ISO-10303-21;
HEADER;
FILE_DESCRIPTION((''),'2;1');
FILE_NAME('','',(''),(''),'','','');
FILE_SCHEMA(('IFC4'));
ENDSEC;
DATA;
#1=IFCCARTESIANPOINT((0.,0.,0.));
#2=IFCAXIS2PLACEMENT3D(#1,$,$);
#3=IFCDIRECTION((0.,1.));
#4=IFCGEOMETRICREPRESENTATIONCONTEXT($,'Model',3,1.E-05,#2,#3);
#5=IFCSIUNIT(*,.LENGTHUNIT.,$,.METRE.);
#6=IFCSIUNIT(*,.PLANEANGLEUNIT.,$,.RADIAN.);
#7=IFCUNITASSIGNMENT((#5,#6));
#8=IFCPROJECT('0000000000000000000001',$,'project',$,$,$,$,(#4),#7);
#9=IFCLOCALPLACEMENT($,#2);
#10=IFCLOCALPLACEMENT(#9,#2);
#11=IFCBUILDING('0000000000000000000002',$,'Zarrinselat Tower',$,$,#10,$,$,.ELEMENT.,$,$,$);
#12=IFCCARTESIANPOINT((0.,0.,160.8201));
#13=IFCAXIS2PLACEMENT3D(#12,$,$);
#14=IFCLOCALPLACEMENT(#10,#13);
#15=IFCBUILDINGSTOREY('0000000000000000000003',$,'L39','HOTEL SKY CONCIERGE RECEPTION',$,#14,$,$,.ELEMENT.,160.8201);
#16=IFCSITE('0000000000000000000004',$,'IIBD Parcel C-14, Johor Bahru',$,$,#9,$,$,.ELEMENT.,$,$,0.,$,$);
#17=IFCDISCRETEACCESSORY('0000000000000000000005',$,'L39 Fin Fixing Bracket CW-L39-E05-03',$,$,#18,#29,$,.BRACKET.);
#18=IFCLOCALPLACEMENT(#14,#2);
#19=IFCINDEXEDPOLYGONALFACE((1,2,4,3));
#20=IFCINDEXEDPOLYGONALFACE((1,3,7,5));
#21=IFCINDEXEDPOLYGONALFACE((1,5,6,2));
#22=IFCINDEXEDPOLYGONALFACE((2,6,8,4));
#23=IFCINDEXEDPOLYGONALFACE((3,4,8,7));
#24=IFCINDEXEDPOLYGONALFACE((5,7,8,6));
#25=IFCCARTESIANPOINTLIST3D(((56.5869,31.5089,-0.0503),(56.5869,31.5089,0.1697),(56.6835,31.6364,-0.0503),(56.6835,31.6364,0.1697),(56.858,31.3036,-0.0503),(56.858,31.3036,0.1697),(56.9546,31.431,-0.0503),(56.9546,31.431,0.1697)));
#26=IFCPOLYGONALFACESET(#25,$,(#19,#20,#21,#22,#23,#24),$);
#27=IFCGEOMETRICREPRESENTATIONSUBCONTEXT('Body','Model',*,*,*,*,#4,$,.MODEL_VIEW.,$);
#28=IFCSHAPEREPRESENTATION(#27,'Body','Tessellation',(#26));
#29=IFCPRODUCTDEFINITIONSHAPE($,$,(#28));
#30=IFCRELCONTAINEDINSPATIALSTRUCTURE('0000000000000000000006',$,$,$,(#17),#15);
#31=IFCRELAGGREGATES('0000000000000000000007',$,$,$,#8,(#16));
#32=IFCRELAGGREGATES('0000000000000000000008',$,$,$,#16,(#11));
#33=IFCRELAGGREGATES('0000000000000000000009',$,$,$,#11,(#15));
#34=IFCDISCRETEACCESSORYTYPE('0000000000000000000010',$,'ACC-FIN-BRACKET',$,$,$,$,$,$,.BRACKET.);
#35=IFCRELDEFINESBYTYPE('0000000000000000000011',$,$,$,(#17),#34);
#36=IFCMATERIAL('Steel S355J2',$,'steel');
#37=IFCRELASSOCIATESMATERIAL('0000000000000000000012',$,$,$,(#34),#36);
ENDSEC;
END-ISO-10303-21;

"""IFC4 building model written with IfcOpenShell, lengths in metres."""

from ifc_helpers import new_model, si_unit, direction, frame, origin, origin_2d, place, context, subcontext, project, spatial, rectangle, extrude, material, type_object, element, save


model = new_model("IFC4")

# Units and contexts
model_context = context("Model", 3, precision=1e-05, world=origin(), true_north=direction((0.0, 1.0)))
body_context = subcontext(model_context, "Body", "Model", "MODEL_VIEW")
ifc_project = project(units=[si_unit("LENGTHUNIT", "METRE"), si_unit("PLANEANGLEUNIT", "RADIAN")], contexts=[model_context])

# Site, building, storey
site_placement = place(None, origin())
site = spatial("IfcSite", under=ifc_project, at=site_placement, Name="IIBD Parcel C-14, Johor Bahru", CompositionType="ELEMENT", RefElevation=0.0)
building_placement = place(site_placement, origin())
building = spatial("IfcBuilding", under=site, at=building_placement, Name="Zarrinselat Tower", CompositionType="ELEMENT")
storey_placement = place(building_placement, frame((0.0, 0.0, 160.8201)))
storey = spatial("IfcBuildingStorey", under=building, at=storey_placement, Name="L39", Description="HOTEL SKY CONCIERGE RECEPTION", CompositionType="ELEMENT", Elevation=160.8201)

# Discrete accessory
ifc_material_1 = material(Name="Steel S355J2", Category="steel")
discrete_accessory_type = type_object("IfcDiscreteAccessoryType", Name="ACC-FIN-BRACKET", PredefinedType="BRACKET", material=ifc_material_1)
discrete_accessory_placement = place(storey_placement, frame((56.7708, 31.47, -0.0503), z_axis=(0.0, 0.0, 1.0), x_axis=(0.797092, -0.603859, 0.0)))
element("IfcDiscreteAccessory", 1, at=discrete_accessory_placement, inside=storey, type_object=discrete_accessory_type, Name="L39 Fin Fixing Bracket CW-L39-E05-03", PredefinedType="BRACKET", context=body_context, shape_type="SweptSolid", body=[
    extrude(rectangle(XDim=0.3401, YDim=0.1599, at=origin_2d()), origin(), (0.0, 0.0, 1.0), 0.22),
])

save(model, "model.ifc")
